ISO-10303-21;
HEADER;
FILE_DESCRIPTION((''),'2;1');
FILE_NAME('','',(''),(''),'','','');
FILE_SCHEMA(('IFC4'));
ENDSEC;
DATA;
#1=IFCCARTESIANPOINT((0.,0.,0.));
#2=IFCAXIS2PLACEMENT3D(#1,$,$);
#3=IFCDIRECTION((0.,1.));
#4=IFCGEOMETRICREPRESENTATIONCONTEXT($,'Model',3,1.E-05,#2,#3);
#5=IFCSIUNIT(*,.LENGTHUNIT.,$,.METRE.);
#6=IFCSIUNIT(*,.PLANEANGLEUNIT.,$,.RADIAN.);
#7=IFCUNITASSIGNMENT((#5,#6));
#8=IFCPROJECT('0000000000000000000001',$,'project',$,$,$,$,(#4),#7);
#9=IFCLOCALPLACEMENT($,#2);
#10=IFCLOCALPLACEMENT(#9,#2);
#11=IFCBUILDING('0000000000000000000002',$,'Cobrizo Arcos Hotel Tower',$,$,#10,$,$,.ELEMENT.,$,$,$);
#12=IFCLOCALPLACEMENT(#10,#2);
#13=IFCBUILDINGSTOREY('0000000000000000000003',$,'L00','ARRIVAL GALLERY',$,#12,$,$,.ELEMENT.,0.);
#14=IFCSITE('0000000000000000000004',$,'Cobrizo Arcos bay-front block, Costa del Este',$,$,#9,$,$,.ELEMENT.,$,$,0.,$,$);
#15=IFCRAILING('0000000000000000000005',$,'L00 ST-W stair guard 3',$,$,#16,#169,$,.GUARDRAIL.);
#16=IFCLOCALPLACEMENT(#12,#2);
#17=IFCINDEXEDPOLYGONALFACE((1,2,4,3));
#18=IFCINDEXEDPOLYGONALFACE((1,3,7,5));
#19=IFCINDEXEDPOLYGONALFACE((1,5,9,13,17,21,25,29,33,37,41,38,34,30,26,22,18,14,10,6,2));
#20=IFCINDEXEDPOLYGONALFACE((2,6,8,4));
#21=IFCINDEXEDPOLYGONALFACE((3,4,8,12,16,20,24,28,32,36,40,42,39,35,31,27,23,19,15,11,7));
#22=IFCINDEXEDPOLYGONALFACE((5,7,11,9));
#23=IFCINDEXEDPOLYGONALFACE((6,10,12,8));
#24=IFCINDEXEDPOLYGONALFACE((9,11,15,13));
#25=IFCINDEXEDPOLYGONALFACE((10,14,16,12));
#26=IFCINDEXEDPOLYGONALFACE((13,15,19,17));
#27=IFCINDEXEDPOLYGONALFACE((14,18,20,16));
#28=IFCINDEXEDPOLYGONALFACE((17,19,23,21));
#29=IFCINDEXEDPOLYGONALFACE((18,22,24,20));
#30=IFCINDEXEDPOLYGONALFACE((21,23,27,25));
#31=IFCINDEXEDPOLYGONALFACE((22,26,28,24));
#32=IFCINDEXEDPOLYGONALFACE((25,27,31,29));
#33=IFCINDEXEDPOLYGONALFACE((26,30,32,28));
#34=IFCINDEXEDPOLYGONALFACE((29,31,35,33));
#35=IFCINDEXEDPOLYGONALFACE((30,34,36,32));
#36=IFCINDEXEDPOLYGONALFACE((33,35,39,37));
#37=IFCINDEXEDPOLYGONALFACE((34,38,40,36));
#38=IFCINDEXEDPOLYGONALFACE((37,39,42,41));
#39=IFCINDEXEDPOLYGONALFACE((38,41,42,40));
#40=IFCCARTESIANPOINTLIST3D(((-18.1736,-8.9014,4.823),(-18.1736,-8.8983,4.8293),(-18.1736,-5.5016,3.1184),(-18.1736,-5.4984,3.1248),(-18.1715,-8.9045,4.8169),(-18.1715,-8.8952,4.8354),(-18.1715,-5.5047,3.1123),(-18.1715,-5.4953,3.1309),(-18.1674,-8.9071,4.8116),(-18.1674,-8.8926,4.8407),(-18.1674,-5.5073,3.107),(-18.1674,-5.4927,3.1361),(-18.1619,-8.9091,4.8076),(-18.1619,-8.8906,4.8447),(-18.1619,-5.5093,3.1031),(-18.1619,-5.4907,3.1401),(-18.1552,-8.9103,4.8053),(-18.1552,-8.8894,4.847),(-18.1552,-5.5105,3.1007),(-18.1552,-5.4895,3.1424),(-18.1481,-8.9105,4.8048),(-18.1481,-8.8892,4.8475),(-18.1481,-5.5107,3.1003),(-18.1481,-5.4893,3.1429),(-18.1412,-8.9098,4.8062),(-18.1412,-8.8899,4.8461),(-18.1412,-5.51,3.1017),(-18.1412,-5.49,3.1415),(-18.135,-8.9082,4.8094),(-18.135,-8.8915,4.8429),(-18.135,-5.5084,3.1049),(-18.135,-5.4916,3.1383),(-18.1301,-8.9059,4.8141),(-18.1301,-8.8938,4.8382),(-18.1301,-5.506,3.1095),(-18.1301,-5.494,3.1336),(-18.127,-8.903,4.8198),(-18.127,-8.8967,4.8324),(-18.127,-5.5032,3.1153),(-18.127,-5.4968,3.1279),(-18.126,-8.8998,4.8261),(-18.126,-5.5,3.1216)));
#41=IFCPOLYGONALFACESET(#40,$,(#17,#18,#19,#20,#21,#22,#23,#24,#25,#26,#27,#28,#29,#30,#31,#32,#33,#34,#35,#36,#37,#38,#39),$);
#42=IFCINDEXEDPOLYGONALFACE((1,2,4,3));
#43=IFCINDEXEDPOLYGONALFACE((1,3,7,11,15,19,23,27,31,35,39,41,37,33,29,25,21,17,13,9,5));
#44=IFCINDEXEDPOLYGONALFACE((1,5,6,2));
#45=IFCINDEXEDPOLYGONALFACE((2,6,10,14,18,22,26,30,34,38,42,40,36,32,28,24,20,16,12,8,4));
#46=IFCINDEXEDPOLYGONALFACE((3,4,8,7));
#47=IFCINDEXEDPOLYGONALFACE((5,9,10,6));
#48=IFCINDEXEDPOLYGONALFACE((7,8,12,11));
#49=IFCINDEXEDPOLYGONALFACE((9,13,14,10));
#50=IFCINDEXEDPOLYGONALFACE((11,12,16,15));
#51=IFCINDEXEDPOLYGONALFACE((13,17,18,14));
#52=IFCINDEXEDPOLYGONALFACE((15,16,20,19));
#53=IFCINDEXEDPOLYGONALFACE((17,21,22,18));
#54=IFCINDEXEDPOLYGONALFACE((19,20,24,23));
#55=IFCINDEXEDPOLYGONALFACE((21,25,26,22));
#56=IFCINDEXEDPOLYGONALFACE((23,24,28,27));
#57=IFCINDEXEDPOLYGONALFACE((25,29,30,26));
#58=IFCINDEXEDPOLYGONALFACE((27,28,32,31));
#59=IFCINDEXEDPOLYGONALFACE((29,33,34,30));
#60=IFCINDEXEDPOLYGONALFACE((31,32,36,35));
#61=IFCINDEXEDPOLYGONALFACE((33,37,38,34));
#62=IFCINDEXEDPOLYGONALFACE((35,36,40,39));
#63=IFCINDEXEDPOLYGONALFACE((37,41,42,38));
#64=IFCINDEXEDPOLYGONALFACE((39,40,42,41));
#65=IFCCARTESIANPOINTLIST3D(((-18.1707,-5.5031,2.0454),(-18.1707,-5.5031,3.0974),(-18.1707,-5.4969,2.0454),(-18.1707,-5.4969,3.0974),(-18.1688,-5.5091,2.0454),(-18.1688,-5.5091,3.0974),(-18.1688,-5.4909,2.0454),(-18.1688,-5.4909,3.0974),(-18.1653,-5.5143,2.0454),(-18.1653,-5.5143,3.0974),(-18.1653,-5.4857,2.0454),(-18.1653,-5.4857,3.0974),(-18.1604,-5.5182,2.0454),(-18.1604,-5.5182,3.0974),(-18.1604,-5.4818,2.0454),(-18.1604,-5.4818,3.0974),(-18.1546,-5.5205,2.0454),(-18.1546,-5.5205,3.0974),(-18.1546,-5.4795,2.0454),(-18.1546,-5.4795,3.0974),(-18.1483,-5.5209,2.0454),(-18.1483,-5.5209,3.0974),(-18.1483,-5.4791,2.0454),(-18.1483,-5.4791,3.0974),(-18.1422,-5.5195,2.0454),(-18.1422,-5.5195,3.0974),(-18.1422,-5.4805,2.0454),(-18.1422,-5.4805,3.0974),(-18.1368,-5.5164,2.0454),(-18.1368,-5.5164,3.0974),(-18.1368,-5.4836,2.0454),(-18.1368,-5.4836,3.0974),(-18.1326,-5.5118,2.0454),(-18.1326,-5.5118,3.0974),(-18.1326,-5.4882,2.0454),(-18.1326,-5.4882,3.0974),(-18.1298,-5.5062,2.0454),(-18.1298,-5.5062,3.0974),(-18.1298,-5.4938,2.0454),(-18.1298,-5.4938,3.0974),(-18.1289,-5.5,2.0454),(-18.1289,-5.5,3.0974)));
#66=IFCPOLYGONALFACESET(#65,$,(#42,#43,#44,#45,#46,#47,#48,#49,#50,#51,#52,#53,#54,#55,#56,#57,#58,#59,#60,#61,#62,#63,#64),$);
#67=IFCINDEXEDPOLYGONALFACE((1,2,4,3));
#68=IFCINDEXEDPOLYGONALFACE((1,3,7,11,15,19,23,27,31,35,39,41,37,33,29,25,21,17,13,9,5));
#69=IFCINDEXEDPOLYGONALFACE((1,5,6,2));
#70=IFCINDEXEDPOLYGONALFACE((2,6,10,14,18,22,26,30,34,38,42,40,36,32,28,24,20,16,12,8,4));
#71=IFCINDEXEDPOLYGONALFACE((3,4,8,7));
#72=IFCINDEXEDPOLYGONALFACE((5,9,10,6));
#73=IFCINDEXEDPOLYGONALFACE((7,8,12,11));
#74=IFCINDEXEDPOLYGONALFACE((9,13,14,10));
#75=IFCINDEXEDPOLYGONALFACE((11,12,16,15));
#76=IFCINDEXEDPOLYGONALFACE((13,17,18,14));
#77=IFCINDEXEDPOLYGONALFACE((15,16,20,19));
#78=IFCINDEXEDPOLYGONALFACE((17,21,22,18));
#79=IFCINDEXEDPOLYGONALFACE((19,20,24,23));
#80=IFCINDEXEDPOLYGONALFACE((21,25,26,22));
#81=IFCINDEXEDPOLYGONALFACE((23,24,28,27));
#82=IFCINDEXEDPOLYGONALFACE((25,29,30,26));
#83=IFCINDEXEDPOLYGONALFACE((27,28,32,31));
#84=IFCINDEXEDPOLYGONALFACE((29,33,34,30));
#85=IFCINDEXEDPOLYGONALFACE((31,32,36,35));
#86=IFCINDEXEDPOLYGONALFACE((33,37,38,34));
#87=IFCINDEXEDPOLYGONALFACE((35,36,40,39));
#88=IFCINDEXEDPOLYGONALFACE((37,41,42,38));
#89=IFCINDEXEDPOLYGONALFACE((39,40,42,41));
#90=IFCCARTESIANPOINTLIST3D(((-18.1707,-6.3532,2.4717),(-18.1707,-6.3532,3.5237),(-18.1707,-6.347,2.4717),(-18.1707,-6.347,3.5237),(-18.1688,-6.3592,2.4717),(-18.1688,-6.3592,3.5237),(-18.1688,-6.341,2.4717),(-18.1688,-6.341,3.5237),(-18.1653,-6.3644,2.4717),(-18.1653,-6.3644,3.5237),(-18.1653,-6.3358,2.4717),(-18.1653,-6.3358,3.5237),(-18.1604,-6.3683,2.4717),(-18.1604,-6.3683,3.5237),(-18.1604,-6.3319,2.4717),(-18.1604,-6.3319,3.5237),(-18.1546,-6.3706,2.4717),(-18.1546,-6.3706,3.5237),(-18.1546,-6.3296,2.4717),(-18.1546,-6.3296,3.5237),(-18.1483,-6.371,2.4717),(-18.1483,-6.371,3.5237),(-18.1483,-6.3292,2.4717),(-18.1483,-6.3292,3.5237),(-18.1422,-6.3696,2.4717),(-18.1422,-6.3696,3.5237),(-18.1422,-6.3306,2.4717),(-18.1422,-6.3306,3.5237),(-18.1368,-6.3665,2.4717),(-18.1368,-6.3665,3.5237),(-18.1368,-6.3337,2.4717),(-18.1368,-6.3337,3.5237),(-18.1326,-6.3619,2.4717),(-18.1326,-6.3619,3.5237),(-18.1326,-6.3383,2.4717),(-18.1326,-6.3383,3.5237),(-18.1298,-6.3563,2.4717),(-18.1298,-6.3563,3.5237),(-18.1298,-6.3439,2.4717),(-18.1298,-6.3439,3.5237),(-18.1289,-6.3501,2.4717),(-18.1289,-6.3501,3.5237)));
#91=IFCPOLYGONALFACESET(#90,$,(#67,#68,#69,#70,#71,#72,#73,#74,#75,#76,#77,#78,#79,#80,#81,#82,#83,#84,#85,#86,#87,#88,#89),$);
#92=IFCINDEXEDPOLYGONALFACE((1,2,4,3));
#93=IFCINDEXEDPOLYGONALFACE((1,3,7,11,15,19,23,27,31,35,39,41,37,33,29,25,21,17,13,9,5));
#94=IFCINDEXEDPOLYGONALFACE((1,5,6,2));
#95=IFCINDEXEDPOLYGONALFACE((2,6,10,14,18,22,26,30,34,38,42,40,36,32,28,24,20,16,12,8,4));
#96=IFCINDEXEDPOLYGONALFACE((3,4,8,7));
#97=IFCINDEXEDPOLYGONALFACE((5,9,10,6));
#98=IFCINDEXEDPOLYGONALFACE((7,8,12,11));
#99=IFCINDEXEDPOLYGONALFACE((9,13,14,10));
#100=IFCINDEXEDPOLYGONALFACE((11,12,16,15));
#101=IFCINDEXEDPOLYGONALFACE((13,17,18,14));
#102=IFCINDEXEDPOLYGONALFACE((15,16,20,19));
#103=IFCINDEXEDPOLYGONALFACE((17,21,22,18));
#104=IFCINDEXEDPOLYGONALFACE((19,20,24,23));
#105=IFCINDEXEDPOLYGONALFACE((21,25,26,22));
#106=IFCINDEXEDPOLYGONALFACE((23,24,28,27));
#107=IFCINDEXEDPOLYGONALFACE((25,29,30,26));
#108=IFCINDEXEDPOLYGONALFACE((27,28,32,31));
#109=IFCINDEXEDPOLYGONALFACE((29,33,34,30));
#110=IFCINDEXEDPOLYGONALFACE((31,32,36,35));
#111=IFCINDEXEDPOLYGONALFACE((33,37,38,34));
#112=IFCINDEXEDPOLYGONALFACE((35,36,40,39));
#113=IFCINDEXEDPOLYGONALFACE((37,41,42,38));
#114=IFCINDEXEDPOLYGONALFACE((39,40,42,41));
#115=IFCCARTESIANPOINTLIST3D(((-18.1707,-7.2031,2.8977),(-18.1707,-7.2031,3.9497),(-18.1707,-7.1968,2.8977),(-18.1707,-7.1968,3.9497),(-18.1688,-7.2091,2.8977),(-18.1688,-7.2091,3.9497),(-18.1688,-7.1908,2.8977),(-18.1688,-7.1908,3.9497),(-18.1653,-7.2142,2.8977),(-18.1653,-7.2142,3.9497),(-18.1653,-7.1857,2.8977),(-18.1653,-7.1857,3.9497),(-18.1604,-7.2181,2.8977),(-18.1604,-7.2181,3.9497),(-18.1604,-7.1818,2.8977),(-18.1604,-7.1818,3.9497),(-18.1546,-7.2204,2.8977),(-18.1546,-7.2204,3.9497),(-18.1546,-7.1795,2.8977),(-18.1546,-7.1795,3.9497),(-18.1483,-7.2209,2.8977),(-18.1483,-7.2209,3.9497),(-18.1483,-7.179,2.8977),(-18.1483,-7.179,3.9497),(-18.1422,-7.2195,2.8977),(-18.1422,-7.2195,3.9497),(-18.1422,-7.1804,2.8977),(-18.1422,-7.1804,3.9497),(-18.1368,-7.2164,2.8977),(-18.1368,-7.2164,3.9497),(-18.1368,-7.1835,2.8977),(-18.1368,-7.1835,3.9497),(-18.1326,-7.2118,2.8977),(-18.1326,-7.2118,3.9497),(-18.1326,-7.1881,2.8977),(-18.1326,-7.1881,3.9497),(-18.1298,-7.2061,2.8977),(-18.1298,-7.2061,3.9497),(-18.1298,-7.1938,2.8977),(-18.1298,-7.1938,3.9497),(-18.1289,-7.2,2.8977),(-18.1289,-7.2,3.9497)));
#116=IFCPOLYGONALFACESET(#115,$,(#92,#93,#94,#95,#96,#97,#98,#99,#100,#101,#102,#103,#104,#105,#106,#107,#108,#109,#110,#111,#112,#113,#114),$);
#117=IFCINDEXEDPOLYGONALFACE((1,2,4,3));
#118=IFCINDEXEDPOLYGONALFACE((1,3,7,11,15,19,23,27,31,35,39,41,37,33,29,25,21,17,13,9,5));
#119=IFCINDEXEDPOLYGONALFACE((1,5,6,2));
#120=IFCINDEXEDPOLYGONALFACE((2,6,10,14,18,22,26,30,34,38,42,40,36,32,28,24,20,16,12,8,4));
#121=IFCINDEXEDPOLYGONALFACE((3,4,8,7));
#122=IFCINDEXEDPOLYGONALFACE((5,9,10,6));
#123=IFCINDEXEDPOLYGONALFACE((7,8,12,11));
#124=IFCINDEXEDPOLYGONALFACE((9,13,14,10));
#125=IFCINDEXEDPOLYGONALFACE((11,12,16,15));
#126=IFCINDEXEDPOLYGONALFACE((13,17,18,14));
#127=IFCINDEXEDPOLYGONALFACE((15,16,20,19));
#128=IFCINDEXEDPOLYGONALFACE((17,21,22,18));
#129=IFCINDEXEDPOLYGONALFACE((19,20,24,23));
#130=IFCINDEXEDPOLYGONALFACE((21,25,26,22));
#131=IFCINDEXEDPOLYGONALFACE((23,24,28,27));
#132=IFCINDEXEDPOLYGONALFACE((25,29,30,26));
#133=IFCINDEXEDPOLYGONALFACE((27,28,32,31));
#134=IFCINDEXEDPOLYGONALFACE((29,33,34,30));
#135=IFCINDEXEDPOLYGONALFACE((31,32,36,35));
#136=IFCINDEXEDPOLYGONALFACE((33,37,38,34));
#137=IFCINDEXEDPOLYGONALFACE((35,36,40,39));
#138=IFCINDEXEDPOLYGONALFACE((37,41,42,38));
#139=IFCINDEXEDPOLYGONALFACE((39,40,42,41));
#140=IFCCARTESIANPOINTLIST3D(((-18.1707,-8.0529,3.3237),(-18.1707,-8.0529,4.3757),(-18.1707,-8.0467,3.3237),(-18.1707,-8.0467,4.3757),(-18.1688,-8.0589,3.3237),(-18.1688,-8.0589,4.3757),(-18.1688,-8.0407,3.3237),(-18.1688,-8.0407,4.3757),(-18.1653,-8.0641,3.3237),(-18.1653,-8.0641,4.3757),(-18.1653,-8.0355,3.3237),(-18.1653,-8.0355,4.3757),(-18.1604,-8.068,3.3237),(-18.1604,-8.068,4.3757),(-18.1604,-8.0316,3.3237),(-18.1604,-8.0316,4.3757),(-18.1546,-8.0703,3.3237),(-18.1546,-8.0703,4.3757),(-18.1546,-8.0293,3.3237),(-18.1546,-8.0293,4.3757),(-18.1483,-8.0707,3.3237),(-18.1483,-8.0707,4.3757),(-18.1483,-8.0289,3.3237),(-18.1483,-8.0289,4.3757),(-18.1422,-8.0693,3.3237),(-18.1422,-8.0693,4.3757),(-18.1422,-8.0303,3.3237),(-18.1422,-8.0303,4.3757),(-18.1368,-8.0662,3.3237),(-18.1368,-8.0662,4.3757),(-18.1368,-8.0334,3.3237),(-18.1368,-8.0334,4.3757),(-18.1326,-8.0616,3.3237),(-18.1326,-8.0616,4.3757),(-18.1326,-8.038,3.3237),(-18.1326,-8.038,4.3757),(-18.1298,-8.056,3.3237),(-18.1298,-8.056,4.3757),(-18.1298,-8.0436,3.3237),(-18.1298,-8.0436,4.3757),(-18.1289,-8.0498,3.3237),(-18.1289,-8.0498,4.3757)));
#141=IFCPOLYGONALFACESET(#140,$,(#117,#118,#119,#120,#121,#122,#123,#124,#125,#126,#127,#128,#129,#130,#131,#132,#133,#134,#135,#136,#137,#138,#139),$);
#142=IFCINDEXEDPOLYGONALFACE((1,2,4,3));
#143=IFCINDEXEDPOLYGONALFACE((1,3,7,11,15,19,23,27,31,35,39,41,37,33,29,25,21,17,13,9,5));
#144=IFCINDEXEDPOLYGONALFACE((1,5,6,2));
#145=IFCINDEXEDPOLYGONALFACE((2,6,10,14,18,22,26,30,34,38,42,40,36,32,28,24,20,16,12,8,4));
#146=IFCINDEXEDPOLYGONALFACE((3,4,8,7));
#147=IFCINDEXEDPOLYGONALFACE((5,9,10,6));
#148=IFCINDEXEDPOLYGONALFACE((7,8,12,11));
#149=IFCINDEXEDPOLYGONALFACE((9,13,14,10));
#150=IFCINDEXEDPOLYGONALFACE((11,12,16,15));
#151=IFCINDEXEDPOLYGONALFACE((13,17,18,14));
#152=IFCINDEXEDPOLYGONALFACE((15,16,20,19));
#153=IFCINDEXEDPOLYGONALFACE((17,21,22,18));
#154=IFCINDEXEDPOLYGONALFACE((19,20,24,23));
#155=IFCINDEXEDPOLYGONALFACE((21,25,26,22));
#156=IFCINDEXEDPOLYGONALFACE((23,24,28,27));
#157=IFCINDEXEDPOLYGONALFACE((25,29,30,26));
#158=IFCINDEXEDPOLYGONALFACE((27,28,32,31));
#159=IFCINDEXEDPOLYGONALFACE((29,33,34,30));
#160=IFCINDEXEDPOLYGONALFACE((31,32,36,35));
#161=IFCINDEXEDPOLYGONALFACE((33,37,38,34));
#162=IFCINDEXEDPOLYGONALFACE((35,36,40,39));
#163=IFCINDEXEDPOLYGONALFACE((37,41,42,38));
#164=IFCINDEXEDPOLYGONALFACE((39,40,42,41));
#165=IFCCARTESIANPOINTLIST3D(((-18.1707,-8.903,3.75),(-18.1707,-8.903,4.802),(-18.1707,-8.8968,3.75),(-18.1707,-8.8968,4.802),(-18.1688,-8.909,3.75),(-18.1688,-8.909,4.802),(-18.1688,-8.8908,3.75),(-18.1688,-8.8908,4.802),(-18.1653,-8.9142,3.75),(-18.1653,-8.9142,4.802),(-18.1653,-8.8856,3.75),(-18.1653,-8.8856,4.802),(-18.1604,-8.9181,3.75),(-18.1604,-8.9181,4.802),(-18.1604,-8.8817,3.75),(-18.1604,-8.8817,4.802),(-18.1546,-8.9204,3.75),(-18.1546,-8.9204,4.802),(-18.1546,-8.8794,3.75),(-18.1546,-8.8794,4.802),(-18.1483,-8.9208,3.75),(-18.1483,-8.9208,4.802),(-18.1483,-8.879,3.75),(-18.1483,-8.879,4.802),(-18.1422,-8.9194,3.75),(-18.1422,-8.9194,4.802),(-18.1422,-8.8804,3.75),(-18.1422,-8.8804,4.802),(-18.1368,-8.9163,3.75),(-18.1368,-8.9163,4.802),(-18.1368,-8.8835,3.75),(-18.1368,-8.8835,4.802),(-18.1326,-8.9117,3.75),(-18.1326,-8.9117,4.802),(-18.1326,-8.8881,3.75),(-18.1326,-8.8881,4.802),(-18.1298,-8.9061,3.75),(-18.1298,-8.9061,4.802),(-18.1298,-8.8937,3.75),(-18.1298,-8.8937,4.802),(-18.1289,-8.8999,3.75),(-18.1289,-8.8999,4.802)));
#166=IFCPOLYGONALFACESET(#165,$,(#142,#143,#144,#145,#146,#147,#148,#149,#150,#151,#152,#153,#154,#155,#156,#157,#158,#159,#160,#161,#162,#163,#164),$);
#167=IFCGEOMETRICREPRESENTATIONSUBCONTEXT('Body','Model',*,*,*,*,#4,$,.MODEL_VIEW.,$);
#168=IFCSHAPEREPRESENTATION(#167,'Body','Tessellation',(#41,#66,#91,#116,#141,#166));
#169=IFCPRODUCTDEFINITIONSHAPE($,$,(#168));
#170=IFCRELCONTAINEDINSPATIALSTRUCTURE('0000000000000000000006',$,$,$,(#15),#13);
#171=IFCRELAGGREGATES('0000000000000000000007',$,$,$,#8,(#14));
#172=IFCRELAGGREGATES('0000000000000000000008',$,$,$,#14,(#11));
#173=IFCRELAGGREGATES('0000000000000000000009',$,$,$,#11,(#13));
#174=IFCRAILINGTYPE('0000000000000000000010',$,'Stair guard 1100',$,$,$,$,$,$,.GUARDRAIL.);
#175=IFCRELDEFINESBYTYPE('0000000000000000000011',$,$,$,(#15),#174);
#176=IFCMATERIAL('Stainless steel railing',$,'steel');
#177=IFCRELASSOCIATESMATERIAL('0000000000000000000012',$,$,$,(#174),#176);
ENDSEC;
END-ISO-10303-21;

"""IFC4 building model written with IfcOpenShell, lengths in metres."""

from ifc_helpers import new_model, si_unit, direction, frame, origin, origin_2d, place, context, subcontext, project, spatial, circle, extrude, material, type_object, element, save


model = new_model("IFC4")

# Units and contexts
model_context = context("Model", 3, precision=1e-05, world=origin(), true_north=direction((0.0, 1.0)))
body_context = subcontext(model_context, "Body", "Model", "MODEL_VIEW")
ifc_project = project(units=[si_unit("LENGTHUNIT", "METRE"), si_unit("PLANEANGLEUNIT", "RADIAN")], contexts=[model_context])

# Site, building, storey
site_placement = place(None, origin())
site = spatial("IfcSite", under=ifc_project, at=site_placement, Name="Cobrizo Arcos bay-front block, Costa del Este", CompositionType="ELEMENT", RefElevation=0.0)
building_placement = place(site_placement, origin())
building = spatial("IfcBuilding", under=site, at=building_placement, Name="Cobrizo Arcos Hotel Tower", CompositionType="ELEMENT")
storey_placement = place(building_placement, origin())
storey = spatial("IfcBuildingStorey", under=building, at=storey_placement, Name="L00", Description="ARRIVAL GALLERY", CompositionType="ELEMENT", Elevation=0.0)

# Railing
ifc_material_1 = material(Name="Stainless steel railing", Category="steel")
railing_type_1 = type_object("IfcRailingType", Name="Stair guard 1100", PredefinedType="GUARDRAIL", material=ifc_material_1)
railing_1_placement = place(storey_placement, frame((-18.1499, -5.5, 2.0454)))
element("IfcRailing", 1, at=railing_1_placement, inside=storey, type_object=railing_type_1, Name="L00 ST-W stair guard 3", PredefinedType="GUARDRAIL", context=body_context, shape_type="SweptSolid", body=[
    extrude(circle(Radius=0.0239, at=origin_2d()), frame((0.0, 0.0, 1.0762), z_axis=(0.0, -0.893939, 0.448189), x_axis=(1.0, 0.0, 0.0)), (0.0, 0.0, 1.0), 3.8032),
    extrude(circle(Radius=0.021, at=origin_2d()), origin(), (0.0, 0.0, 1.0), 1.052),
    extrude(circle(Radius=0.021, at=origin_2d()), frame((0.0, -0.8501, 0.4263)), (0.0, 0.0, 1.0), 1.052),
    extrude(circle(Radius=0.021, at=origin_2d()), frame((0.0, -1.7, 0.8523)), (0.0, 0.0, 1.0), 1.052),
    extrude(circle(Radius=0.021, at=origin_2d()), frame((0.0, -2.5498, 1.2783)), (0.0, 0.0, 1.0), 1.052),
    extrude(circle(Radius=0.021, at=origin_2d()), frame((0.0, -3.3999, 1.7046)), (0.0, 0.0, 1.0), 1.052),
])

save(model, "model.ifc")
